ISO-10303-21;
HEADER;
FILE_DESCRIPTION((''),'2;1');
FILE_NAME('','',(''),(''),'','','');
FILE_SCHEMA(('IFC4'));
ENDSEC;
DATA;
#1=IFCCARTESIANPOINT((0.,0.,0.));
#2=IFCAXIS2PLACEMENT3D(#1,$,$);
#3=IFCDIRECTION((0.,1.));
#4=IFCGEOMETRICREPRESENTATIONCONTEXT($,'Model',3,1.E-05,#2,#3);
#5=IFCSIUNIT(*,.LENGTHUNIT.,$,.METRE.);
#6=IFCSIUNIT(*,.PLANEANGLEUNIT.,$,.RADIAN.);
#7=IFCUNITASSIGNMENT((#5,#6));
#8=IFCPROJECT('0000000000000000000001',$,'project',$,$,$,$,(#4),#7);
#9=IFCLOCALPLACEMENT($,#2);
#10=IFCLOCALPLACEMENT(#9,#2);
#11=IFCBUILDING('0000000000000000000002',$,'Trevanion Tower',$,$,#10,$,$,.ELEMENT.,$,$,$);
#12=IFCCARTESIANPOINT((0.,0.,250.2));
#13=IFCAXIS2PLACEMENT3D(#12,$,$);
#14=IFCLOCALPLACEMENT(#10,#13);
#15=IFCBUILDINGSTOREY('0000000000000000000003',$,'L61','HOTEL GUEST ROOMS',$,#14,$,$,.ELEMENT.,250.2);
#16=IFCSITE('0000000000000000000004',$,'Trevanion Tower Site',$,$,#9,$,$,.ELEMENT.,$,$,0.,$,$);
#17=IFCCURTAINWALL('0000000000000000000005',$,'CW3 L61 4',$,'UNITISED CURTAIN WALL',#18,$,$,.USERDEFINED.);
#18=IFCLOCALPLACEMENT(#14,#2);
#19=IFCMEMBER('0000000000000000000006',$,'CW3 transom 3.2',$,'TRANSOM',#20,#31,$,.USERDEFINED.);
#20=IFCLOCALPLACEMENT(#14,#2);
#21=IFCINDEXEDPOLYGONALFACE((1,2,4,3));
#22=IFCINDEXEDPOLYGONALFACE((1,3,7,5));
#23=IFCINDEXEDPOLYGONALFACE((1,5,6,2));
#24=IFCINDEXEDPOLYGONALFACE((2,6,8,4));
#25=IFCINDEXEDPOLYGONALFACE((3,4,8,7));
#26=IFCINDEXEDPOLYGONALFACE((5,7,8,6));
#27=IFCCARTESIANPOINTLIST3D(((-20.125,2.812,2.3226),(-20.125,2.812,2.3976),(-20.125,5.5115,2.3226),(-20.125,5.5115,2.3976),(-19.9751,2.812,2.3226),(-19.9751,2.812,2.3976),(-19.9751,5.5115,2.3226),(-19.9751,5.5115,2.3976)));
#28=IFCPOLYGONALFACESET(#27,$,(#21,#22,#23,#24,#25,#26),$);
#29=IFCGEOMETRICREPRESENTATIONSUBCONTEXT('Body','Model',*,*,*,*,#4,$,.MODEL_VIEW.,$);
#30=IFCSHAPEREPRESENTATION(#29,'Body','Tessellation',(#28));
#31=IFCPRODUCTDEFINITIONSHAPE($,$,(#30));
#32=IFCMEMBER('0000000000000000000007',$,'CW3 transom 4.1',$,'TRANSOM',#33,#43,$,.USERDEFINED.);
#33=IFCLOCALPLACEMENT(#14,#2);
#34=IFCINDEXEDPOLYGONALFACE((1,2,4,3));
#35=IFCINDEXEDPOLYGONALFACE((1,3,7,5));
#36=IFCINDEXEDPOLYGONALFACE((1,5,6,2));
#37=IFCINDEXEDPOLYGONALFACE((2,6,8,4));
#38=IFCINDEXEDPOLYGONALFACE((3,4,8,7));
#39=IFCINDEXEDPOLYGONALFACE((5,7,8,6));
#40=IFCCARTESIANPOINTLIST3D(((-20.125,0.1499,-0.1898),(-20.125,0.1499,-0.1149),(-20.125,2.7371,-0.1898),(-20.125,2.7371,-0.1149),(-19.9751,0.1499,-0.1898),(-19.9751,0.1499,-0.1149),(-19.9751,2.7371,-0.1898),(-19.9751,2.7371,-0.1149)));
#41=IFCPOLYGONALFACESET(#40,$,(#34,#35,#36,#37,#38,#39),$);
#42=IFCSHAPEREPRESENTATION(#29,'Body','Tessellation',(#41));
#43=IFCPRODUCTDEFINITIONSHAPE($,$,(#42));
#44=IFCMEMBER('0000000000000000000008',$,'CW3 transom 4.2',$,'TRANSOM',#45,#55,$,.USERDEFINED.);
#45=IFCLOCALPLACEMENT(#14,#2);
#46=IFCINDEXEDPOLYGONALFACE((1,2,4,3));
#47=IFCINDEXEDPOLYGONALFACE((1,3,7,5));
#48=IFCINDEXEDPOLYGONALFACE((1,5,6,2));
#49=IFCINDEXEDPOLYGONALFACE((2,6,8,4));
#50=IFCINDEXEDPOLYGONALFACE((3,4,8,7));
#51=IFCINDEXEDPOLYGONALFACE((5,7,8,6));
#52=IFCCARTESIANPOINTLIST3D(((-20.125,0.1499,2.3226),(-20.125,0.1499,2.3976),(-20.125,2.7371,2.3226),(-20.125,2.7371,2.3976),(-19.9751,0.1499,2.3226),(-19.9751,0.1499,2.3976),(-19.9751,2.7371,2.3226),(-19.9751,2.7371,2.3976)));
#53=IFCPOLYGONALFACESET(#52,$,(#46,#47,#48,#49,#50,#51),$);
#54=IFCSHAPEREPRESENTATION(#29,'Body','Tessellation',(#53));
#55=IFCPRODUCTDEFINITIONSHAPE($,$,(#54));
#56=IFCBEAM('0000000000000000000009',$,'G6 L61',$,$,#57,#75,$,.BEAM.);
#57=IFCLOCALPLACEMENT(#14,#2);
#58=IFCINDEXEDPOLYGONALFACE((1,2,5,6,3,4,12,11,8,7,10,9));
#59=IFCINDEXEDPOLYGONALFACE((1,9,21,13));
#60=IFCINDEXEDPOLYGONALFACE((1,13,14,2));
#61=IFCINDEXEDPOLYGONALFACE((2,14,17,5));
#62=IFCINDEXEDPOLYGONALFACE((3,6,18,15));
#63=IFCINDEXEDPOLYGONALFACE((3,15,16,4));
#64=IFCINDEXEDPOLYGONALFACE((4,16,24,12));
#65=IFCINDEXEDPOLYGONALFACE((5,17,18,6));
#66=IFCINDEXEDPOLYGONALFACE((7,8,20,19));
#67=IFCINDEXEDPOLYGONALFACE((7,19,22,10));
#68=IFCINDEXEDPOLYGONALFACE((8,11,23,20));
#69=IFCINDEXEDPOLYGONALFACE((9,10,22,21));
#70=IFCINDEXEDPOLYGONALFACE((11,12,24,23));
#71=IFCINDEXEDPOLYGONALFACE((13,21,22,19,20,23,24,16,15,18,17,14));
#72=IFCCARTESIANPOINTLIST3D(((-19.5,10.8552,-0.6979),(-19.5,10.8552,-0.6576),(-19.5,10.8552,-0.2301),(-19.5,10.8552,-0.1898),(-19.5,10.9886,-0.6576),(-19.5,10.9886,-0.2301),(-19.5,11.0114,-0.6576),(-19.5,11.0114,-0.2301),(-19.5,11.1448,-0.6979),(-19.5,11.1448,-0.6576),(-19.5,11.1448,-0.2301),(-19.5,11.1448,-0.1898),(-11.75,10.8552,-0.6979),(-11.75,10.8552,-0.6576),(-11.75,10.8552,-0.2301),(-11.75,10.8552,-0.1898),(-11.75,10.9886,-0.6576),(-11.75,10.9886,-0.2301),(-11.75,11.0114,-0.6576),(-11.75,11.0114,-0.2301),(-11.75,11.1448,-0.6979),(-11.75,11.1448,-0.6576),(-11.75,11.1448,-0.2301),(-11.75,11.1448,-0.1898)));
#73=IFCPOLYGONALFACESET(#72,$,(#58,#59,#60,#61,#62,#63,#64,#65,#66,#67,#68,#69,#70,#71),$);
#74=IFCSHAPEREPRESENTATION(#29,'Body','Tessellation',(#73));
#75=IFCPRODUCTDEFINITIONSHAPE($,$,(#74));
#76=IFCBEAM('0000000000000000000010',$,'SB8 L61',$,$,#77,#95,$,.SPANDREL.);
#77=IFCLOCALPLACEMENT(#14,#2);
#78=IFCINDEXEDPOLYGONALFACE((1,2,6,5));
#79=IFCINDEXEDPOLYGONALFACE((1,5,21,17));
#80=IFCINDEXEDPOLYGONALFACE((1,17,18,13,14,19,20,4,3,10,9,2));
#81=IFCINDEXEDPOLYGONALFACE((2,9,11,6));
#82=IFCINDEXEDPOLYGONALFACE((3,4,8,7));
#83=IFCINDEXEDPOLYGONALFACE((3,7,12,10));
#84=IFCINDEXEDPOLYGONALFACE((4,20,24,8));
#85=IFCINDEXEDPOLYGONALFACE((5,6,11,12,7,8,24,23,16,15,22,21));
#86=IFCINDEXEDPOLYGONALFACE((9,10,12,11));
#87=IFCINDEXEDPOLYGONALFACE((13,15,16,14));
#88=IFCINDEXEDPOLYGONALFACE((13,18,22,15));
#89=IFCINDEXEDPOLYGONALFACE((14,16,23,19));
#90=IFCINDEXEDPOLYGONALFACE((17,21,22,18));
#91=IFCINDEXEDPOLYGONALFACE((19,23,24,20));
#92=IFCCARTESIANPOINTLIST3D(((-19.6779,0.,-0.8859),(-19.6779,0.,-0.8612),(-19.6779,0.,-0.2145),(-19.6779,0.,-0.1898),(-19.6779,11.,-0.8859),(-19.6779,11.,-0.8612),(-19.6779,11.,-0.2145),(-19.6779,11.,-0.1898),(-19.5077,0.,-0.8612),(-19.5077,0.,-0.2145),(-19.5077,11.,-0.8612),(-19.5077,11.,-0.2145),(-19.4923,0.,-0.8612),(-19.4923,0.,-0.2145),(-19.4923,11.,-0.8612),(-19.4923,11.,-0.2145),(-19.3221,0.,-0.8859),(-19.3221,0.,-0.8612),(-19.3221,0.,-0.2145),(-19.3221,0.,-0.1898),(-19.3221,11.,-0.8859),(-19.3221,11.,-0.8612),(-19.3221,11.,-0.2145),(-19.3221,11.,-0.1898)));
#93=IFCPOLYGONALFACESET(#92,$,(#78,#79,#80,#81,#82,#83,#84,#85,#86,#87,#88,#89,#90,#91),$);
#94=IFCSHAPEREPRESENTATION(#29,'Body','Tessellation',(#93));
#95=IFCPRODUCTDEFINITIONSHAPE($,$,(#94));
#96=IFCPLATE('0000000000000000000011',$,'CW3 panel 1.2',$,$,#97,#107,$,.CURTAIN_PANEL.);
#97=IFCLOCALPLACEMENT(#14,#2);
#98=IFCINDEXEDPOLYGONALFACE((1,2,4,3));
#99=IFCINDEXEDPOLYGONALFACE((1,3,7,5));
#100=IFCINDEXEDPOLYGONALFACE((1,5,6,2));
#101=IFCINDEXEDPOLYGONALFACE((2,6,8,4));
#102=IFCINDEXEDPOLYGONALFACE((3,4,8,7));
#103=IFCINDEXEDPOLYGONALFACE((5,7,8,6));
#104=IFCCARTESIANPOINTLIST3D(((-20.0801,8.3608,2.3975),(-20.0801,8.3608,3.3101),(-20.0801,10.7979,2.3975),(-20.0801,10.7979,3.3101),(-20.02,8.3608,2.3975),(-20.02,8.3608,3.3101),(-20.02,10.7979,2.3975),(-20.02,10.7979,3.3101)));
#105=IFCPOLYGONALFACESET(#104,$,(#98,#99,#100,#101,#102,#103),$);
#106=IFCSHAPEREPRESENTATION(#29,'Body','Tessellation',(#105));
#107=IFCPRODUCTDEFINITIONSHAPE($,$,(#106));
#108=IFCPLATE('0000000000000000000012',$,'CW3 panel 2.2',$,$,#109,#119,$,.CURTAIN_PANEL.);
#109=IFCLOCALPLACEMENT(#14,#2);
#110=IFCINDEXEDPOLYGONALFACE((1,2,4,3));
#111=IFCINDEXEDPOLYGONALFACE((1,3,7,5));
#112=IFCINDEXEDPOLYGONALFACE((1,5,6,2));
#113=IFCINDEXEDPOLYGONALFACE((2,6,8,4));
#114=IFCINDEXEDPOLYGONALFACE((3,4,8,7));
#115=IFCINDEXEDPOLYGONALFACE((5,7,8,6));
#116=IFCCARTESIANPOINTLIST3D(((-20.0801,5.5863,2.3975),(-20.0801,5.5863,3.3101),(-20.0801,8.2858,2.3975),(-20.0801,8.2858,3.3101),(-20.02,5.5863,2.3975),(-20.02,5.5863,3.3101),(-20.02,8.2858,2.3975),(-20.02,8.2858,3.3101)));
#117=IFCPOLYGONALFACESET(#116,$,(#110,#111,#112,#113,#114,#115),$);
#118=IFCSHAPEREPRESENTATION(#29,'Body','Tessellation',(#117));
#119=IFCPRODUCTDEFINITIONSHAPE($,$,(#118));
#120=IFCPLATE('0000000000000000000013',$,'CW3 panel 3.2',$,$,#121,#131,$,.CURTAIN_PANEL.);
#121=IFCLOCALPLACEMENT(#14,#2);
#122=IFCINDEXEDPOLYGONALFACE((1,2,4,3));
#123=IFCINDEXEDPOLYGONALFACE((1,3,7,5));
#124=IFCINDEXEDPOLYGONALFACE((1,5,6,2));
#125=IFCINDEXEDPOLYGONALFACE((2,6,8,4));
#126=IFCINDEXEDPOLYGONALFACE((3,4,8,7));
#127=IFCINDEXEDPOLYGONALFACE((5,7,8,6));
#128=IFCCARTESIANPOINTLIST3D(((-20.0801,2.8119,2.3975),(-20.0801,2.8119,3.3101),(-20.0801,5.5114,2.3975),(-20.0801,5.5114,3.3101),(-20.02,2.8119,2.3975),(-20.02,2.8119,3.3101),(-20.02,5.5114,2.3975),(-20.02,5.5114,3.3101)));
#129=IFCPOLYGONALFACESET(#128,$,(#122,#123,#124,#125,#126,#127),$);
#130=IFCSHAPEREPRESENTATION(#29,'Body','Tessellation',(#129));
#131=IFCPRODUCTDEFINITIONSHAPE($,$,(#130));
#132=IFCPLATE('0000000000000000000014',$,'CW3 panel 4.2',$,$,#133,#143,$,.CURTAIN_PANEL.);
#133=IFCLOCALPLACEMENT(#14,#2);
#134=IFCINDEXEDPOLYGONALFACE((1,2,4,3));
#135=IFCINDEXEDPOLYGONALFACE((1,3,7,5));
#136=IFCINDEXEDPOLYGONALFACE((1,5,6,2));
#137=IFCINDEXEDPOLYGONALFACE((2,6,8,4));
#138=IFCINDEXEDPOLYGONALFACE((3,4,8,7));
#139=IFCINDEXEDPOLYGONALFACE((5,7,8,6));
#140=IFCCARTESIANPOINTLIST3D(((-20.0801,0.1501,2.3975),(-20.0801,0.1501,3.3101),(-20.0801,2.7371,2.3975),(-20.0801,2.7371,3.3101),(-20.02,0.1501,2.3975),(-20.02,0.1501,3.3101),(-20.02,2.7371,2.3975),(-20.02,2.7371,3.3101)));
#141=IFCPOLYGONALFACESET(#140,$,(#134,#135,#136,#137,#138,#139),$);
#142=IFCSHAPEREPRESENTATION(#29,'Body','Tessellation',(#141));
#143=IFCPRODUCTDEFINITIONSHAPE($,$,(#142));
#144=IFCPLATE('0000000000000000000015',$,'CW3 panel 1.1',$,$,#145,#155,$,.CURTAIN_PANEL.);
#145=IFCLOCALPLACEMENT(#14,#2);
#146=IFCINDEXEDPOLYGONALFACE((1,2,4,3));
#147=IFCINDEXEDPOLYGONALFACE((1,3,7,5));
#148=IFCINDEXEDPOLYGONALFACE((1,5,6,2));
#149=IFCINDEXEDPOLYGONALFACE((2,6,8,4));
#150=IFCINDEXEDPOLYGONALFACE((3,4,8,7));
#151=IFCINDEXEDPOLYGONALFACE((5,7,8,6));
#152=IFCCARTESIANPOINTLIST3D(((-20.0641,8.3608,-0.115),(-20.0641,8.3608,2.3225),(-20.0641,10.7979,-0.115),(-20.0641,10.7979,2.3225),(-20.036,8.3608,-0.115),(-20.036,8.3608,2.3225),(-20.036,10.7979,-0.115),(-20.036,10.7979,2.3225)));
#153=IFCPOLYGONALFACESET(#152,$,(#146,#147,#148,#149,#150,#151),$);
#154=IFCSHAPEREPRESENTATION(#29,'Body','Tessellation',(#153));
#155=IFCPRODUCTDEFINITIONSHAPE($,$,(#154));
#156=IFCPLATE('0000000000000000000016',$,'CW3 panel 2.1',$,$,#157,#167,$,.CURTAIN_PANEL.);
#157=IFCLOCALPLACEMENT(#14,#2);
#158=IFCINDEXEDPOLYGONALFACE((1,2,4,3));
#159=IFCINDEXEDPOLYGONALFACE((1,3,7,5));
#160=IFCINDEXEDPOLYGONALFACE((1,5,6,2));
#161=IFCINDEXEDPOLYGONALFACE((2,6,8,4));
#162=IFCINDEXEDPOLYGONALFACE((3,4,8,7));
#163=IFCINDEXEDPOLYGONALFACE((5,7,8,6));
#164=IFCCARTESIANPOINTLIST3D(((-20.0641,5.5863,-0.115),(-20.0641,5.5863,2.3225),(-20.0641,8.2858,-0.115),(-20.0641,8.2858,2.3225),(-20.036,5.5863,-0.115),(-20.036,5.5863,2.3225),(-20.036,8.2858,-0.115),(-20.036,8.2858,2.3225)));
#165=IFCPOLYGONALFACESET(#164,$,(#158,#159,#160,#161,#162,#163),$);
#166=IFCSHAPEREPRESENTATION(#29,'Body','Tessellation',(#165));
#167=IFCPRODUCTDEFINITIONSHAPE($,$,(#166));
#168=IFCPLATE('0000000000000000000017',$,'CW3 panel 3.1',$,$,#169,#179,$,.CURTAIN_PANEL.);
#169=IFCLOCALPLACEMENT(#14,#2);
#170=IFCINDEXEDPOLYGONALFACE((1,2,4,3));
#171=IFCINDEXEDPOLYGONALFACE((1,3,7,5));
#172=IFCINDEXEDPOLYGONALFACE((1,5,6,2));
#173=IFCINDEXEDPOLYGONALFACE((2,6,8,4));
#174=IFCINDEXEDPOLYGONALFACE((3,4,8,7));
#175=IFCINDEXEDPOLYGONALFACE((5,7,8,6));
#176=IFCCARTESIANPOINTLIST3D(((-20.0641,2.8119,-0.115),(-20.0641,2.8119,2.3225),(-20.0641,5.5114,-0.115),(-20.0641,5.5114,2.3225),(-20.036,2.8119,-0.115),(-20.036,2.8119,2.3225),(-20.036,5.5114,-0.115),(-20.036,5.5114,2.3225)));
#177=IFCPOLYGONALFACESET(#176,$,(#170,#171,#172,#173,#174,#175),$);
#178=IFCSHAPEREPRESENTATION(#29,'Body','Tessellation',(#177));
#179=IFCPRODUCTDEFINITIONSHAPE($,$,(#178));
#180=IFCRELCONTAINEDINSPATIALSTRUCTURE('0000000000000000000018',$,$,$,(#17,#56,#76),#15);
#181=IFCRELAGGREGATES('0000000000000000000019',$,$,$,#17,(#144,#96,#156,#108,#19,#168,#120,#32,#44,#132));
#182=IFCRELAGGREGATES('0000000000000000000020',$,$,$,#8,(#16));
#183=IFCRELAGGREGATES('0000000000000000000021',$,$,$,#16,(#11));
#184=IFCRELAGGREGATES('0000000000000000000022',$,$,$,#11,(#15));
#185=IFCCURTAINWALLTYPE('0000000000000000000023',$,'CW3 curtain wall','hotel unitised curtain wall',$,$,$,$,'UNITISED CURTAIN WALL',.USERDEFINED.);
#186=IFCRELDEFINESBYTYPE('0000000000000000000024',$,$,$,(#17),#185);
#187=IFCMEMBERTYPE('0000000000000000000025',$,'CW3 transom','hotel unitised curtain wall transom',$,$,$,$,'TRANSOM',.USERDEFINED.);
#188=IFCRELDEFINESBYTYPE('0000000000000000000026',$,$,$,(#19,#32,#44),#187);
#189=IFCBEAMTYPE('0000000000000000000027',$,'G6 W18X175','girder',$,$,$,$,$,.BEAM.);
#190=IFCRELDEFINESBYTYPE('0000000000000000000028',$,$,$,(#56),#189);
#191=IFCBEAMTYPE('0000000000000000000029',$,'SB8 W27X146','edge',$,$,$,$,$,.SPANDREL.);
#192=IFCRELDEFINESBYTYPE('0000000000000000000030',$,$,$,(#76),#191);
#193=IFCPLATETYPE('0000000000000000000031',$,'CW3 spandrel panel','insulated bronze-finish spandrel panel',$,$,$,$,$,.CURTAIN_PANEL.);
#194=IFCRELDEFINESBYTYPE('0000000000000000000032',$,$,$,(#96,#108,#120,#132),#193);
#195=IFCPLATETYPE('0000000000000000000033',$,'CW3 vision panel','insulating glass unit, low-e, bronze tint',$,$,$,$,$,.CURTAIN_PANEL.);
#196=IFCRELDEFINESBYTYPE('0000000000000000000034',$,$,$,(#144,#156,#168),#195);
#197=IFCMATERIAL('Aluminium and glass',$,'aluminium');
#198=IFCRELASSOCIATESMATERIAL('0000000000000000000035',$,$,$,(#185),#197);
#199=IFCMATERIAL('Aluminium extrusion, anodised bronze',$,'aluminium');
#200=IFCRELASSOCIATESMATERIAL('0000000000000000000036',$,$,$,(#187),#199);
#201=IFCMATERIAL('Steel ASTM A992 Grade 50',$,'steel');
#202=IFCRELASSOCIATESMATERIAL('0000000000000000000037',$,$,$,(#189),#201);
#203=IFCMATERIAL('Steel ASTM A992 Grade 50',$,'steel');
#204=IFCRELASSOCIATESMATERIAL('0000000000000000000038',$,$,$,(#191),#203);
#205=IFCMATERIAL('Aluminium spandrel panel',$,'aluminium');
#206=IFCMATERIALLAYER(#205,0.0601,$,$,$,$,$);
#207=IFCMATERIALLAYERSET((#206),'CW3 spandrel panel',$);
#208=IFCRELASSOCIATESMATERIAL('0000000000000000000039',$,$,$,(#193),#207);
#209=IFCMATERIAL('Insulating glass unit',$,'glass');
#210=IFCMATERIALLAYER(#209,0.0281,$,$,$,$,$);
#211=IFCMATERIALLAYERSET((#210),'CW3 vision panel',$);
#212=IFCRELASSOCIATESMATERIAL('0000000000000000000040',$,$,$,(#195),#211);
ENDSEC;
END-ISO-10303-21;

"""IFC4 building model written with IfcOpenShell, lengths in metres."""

from ifc_helpers import new_model, si_unit, direction, frame, origin, origin_2d, place, context, subcontext, project, spatial, rectangle, i_section, extrude, material, layer, layer_set, material_profile, profile_set, type_object, element, aggregate, save


model = new_model("IFC4")

# Units and contexts
model_context = context("Model", 3, precision=1e-05, world=origin(), true_north=direction((0.0, 1.0)))
body_context = subcontext(model_context, "Body", "Model", "MODEL_VIEW")
ifc_project = project(units=[si_unit("LENGTHUNIT", "METRE"), si_unit("PLANEANGLEUNIT", "RADIAN")], contexts=[model_context])

# Site, building, storey
site_placement = place(None, origin())
site = spatial("IfcSite", under=ifc_project, at=site_placement, Name="Trevanion Tower Site", CompositionType="ELEMENT", RefElevation=0.0)
building_placement = place(site_placement, origin())
building = spatial("IfcBuilding", under=site, at=building_placement, Name="Trevanion Tower", CompositionType="ELEMENT")
storey_placement = place(building_placement, frame((0.0, 0.0, 250.2)))
storey = spatial("IfcBuildingStorey", under=building, at=storey_placement, Name="L61", Description="HOTEL GUEST ROOMS", CompositionType="ELEMENT", Elevation=250.2)

# Curtain wall, members
ifc_material_1 = material(Name="Aluminium and glass", Category="aluminium")
curtain_wall_type = type_object("IfcCurtainWallType", Name="CW3 curtain wall", Description="hotel unitised curtain wall", ElementType="UNITISED CURTAIN WALL", PredefinedType="USERDEFINED", material=ifc_material_1)
curtain_wall_placement = place(storey_placement, origin())
curtain_wall = element("IfcCurtainWall", 1, at=curtain_wall_placement, inside=storey, type_object=curtain_wall_type, Name="CW3 L61 4", ObjectType="UNITISED CURTAIN WALL", PredefinedType="USERDEFINED")
ifc_material_2 = material(Name="Aluminium extrusion, anodised bronze", Category="aluminium")
ifc_material_profile_1 = material_profile(ifc_material_2, rectangle(XDim=0.1499, YDim=0.075, at=origin_2d()), Name="CW3 transom")
ifc_profile_set_1 = profile_set([ifc_material_profile_1], Name="Aluminium extrusion, anodised bronze")
member_type_1 = type_object("IfcMemberType", Name="CW3 transom", Description="hotel unitised curtain wall transom", ElementType="TRANSOM", PredefinedType="USERDEFINED", material=ifc_profile_set_1)
member_1_placement = place(storey_placement, frame((-20.05, 5.5115, 2.3601), z_axis=(0.0, -1.0, 0.0), x_axis=(1.0, 0.0, 0.0)))
member_1 = element("IfcMember", 2, at=member_1_placement, type_object=member_type_1, Name="CW3 transom 3.2", ObjectType="TRANSOM", PredefinedType="USERDEFINED", context=body_context, shape_type="SweptSolid", body=[
    extrude(rectangle(XDim=0.1499, YDim=0.075, at=origin_2d()), origin(), (0.0, 0.0, 1.0), 2.6995),
])
member_2_placement = place(storey_placement, frame((-20.05, 2.7371, -0.1523), z_axis=(0.0, -1.0, 0.0), x_axis=(1.0, 0.0, 0.0)))
member_2 = element("IfcMember", 3, at=member_2_placement, type_object=member_type_1, Name="CW3 transom 4.1", ObjectType="TRANSOM", PredefinedType="USERDEFINED", context=body_context, shape_type="SweptSolid", body=[
    extrude(rectangle(XDim=0.1499, YDim=0.075, at=origin_2d()), origin(), (0.0, 0.0, 1.0), 2.5872),
])
member_3_placement = place(storey_placement, frame((-20.05, 2.7371, 2.3601), z_axis=(0.0, -1.0, 0.0), x_axis=(1.0, 0.0, 0.0)))
member_3 = element("IfcMember", 4, at=member_3_placement, type_object=member_type_1, Name="CW3 transom 4.2", ObjectType="TRANSOM", PredefinedType="USERDEFINED", context=body_context, shape_type="SweptSolid", body=[
    extrude(rectangle(XDim=0.1499, YDim=0.075, at=origin_2d()), origin(), (0.0, 0.0, 1.0), 2.5872),
])

# Beams
ifc_material_3 = material(Name="Steel ASTM A992 Grade 50", Category="steel")
ifc_material_profile_2 = material_profile(ifc_material_3, i_section(OverallWidth=0.2896, OverallDepth=0.5081, WebThickness=0.0227, FlangeThickness=0.0403, at=origin_2d()), Name="W18X175")
ifc_profile_set_2 = profile_set([ifc_material_profile_2], Name="Steel ASTM A992 Grade 50")
beam_type_1 = type_object("IfcBeamType", Name="G6 W18X175", Description="girder", PredefinedType="BEAM", material=ifc_profile_set_2)
beam_1_placement = place(storey_placement, frame((-11.75, 11.0, -0.4438), z_axis=(-1.0, 0.0, 0.0), x_axis=(0.0, -1.0, 0.0)))
element("IfcBeam", 5, at=beam_1_placement, inside=storey, type_object=beam_type_1, Name="G6 L61", PredefinedType="BEAM", context=body_context, shape_type="SweptSolid", body=[
    extrude(i_section(OverallWidth=0.2896, OverallDepth=0.5081, WebThickness=0.0227, FlangeThickness=0.0403, at=origin_2d()), origin(), (0.0, 0.0, 1.0), 7.75),
])
ifc_material_4 = material(Name="Steel ASTM A992 Grade 50", Category="steel")
ifc_material_profile_3 = material_profile(ifc_material_4, i_section(OverallWidth=0.3557, OverallDepth=0.696, WebThickness=0.0154, FlangeThickness=0.0247, at=origin_2d()), Name="W27X146")
ifc_profile_set_3 = profile_set([ifc_material_profile_3], Name="Steel ASTM A992 Grade 50")
beam_type_2 = type_object("IfcBeamType", Name="SB8 W27X146", Description="edge", PredefinedType="SPANDREL", material=ifc_profile_set_3)
beam_2_placement = place(storey_placement, frame((-19.5, 11.0, -0.5378), z_axis=(0.0, -1.0, 0.0), x_axis=(1.0, 0.0, 0.0)))
element("IfcBeam", 6, at=beam_2_placement, inside=storey, type_object=beam_type_2, Name="SB8 L61", PredefinedType="SPANDREL", context=body_context, shape_type="SweptSolid", body=[
    extrude(i_section(OverallWidth=0.3557, OverallDepth=0.696, WebThickness=0.0154, FlangeThickness=0.0247, at=origin_2d()), origin(), (0.0, 0.0, 1.0), 11.0),
])

# Plates
ifc_material_5 = material(Name="Aluminium spandrel panel", Category="aluminium")
ifc_layer_1 = layer(ifc_material_5, 0.0601)
ifc_layer_set_1 = layer_set([ifc_layer_1], Name="CW3 spandrel panel")
plate_type_1 = type_object("IfcPlateType", Name="CW3 spandrel panel", Description="insulated bronze-finish spandrel panel", PredefinedType="CURTAIN_PANEL", material=ifc_layer_set_1)
plate_1_placement = place(storey_placement, frame((-20.05, 9.5793, 2.3975), z_axis=(0.0, 0.0, 1.0), x_axis=(0.0, -1.0, 0.0)))
plate_1 = element("IfcPlate", 7, at=plate_1_placement, type_object=plate_type_1, Name="CW3 panel 1.2", PredefinedType="CURTAIN_PANEL", context=body_context, shape_type="SweptSolid", body=[
    extrude(rectangle(XDim=2.437, YDim=0.0601, at=origin_2d()), origin(), (0.0, 0.0, 1.0), 0.9126),
])
plate_2_placement = place(storey_placement, frame((-20.05, 6.936, 2.3975), z_axis=(0.0, 0.0, 1.0), x_axis=(0.0, -1.0, 0.0)))
plate_2 = element("IfcPlate", 8, at=plate_2_placement, type_object=plate_type_1, Name="CW3 panel 2.2", PredefinedType="CURTAIN_PANEL", context=body_context, shape_type="SweptSolid", body=[
    extrude(rectangle(XDim=2.6995, YDim=0.0601, at=origin_2d()), origin(), (0.0, 0.0, 1.0), 0.9126),
])
plate_3_placement = place(storey_placement, frame((-20.05, 4.1616, 2.3975), z_axis=(0.0, 0.0, 1.0), x_axis=(0.0, -1.0, 0.0)))
plate_3 = element("IfcPlate", 9, at=plate_3_placement, type_object=plate_type_1, Name="CW3 panel 3.2", PredefinedType="CURTAIN_PANEL", context=body_context, shape_type="SweptSolid", body=[
    extrude(rectangle(XDim=2.6995, YDim=0.0601, at=origin_2d()), origin(), (0.0, 0.0, 1.0), 0.9126),
])
plate_4_placement = place(storey_placement, frame((-20.05, 1.4436, 2.3975), z_axis=(0.0, 0.0, 1.0), x_axis=(0.0, -1.0, 0.0)))
plate_4 = element("IfcPlate", 10, at=plate_4_placement, type_object=plate_type_1, Name="CW3 panel 4.2", PredefinedType="CURTAIN_PANEL", context=body_context, shape_type="SweptSolid", body=[
    extrude(rectangle(XDim=2.5869, YDim=0.0601, at=origin_2d()), origin(), (0.0, 0.0, 1.0), 0.9126),
])
ifc_material_6 = material(Name="Insulating glass unit", Category="glass")
ifc_layer_2 = layer(ifc_material_6, 0.0281)
ifc_layer_set_2 = layer_set([ifc_layer_2], Name="CW3 vision panel")
plate_type_2 = type_object("IfcPlateType", Name="CW3 vision panel", Description="insulating glass unit, low-e, bronze tint", PredefinedType="CURTAIN_PANEL", material=ifc_layer_set_2)
plate_5_placement = place(storey_placement, frame((-20.05, 9.5793, -0.115), z_axis=(0.0, 0.0, 1.0), x_axis=(0.0, -1.0, 0.0)))
plate_5 = element("IfcPlate", 11, at=plate_5_placement, type_object=plate_type_2, Name="CW3 panel 1.1", PredefinedType="CURTAIN_PANEL", context=body_context, shape_type="SweptSolid", body=[
    extrude(rectangle(XDim=2.437, YDim=0.0281, at=origin_2d()), origin(), (0.0, 0.0, 1.0), 2.4375),
])
plate_6_placement = place(storey_placement, frame((-20.05, 6.936, -0.115), z_axis=(0.0, 0.0, 1.0), x_axis=(0.0, -1.0, 0.0)))
plate_6 = element("IfcPlate", 12, at=plate_6_placement, type_object=plate_type_2, Name="CW3 panel 2.1", PredefinedType="CURTAIN_PANEL", context=body_context, shape_type="SweptSolid", body=[
    extrude(rectangle(XDim=2.6995, YDim=0.0281, at=origin_2d()), origin(), (0.0, 0.0, 1.0), 2.4375),
])
plate_7_placement = place(storey_placement, frame((-20.05, 4.1616, -0.115), z_axis=(0.0, 0.0, 1.0), x_axis=(0.0, -1.0, 0.0)))
plate_7 = element("IfcPlate", 13, at=plate_7_placement, type_object=plate_type_2, Name="CW3 panel 3.1", PredefinedType="CURTAIN_PANEL", context=body_context, shape_type="SweptSolid", body=[
    extrude(rectangle(XDim=2.6995, YDim=0.0281, at=origin_2d()), origin(), (0.0, 0.0, 1.0), 2.4375),
])
aggregate(curtain_wall, [plate_5, plate_1, plate_6, plate_2, member_1, plate_7, plate_3, member_2, member_3, plate_4])

save(model, "model.ifc")
